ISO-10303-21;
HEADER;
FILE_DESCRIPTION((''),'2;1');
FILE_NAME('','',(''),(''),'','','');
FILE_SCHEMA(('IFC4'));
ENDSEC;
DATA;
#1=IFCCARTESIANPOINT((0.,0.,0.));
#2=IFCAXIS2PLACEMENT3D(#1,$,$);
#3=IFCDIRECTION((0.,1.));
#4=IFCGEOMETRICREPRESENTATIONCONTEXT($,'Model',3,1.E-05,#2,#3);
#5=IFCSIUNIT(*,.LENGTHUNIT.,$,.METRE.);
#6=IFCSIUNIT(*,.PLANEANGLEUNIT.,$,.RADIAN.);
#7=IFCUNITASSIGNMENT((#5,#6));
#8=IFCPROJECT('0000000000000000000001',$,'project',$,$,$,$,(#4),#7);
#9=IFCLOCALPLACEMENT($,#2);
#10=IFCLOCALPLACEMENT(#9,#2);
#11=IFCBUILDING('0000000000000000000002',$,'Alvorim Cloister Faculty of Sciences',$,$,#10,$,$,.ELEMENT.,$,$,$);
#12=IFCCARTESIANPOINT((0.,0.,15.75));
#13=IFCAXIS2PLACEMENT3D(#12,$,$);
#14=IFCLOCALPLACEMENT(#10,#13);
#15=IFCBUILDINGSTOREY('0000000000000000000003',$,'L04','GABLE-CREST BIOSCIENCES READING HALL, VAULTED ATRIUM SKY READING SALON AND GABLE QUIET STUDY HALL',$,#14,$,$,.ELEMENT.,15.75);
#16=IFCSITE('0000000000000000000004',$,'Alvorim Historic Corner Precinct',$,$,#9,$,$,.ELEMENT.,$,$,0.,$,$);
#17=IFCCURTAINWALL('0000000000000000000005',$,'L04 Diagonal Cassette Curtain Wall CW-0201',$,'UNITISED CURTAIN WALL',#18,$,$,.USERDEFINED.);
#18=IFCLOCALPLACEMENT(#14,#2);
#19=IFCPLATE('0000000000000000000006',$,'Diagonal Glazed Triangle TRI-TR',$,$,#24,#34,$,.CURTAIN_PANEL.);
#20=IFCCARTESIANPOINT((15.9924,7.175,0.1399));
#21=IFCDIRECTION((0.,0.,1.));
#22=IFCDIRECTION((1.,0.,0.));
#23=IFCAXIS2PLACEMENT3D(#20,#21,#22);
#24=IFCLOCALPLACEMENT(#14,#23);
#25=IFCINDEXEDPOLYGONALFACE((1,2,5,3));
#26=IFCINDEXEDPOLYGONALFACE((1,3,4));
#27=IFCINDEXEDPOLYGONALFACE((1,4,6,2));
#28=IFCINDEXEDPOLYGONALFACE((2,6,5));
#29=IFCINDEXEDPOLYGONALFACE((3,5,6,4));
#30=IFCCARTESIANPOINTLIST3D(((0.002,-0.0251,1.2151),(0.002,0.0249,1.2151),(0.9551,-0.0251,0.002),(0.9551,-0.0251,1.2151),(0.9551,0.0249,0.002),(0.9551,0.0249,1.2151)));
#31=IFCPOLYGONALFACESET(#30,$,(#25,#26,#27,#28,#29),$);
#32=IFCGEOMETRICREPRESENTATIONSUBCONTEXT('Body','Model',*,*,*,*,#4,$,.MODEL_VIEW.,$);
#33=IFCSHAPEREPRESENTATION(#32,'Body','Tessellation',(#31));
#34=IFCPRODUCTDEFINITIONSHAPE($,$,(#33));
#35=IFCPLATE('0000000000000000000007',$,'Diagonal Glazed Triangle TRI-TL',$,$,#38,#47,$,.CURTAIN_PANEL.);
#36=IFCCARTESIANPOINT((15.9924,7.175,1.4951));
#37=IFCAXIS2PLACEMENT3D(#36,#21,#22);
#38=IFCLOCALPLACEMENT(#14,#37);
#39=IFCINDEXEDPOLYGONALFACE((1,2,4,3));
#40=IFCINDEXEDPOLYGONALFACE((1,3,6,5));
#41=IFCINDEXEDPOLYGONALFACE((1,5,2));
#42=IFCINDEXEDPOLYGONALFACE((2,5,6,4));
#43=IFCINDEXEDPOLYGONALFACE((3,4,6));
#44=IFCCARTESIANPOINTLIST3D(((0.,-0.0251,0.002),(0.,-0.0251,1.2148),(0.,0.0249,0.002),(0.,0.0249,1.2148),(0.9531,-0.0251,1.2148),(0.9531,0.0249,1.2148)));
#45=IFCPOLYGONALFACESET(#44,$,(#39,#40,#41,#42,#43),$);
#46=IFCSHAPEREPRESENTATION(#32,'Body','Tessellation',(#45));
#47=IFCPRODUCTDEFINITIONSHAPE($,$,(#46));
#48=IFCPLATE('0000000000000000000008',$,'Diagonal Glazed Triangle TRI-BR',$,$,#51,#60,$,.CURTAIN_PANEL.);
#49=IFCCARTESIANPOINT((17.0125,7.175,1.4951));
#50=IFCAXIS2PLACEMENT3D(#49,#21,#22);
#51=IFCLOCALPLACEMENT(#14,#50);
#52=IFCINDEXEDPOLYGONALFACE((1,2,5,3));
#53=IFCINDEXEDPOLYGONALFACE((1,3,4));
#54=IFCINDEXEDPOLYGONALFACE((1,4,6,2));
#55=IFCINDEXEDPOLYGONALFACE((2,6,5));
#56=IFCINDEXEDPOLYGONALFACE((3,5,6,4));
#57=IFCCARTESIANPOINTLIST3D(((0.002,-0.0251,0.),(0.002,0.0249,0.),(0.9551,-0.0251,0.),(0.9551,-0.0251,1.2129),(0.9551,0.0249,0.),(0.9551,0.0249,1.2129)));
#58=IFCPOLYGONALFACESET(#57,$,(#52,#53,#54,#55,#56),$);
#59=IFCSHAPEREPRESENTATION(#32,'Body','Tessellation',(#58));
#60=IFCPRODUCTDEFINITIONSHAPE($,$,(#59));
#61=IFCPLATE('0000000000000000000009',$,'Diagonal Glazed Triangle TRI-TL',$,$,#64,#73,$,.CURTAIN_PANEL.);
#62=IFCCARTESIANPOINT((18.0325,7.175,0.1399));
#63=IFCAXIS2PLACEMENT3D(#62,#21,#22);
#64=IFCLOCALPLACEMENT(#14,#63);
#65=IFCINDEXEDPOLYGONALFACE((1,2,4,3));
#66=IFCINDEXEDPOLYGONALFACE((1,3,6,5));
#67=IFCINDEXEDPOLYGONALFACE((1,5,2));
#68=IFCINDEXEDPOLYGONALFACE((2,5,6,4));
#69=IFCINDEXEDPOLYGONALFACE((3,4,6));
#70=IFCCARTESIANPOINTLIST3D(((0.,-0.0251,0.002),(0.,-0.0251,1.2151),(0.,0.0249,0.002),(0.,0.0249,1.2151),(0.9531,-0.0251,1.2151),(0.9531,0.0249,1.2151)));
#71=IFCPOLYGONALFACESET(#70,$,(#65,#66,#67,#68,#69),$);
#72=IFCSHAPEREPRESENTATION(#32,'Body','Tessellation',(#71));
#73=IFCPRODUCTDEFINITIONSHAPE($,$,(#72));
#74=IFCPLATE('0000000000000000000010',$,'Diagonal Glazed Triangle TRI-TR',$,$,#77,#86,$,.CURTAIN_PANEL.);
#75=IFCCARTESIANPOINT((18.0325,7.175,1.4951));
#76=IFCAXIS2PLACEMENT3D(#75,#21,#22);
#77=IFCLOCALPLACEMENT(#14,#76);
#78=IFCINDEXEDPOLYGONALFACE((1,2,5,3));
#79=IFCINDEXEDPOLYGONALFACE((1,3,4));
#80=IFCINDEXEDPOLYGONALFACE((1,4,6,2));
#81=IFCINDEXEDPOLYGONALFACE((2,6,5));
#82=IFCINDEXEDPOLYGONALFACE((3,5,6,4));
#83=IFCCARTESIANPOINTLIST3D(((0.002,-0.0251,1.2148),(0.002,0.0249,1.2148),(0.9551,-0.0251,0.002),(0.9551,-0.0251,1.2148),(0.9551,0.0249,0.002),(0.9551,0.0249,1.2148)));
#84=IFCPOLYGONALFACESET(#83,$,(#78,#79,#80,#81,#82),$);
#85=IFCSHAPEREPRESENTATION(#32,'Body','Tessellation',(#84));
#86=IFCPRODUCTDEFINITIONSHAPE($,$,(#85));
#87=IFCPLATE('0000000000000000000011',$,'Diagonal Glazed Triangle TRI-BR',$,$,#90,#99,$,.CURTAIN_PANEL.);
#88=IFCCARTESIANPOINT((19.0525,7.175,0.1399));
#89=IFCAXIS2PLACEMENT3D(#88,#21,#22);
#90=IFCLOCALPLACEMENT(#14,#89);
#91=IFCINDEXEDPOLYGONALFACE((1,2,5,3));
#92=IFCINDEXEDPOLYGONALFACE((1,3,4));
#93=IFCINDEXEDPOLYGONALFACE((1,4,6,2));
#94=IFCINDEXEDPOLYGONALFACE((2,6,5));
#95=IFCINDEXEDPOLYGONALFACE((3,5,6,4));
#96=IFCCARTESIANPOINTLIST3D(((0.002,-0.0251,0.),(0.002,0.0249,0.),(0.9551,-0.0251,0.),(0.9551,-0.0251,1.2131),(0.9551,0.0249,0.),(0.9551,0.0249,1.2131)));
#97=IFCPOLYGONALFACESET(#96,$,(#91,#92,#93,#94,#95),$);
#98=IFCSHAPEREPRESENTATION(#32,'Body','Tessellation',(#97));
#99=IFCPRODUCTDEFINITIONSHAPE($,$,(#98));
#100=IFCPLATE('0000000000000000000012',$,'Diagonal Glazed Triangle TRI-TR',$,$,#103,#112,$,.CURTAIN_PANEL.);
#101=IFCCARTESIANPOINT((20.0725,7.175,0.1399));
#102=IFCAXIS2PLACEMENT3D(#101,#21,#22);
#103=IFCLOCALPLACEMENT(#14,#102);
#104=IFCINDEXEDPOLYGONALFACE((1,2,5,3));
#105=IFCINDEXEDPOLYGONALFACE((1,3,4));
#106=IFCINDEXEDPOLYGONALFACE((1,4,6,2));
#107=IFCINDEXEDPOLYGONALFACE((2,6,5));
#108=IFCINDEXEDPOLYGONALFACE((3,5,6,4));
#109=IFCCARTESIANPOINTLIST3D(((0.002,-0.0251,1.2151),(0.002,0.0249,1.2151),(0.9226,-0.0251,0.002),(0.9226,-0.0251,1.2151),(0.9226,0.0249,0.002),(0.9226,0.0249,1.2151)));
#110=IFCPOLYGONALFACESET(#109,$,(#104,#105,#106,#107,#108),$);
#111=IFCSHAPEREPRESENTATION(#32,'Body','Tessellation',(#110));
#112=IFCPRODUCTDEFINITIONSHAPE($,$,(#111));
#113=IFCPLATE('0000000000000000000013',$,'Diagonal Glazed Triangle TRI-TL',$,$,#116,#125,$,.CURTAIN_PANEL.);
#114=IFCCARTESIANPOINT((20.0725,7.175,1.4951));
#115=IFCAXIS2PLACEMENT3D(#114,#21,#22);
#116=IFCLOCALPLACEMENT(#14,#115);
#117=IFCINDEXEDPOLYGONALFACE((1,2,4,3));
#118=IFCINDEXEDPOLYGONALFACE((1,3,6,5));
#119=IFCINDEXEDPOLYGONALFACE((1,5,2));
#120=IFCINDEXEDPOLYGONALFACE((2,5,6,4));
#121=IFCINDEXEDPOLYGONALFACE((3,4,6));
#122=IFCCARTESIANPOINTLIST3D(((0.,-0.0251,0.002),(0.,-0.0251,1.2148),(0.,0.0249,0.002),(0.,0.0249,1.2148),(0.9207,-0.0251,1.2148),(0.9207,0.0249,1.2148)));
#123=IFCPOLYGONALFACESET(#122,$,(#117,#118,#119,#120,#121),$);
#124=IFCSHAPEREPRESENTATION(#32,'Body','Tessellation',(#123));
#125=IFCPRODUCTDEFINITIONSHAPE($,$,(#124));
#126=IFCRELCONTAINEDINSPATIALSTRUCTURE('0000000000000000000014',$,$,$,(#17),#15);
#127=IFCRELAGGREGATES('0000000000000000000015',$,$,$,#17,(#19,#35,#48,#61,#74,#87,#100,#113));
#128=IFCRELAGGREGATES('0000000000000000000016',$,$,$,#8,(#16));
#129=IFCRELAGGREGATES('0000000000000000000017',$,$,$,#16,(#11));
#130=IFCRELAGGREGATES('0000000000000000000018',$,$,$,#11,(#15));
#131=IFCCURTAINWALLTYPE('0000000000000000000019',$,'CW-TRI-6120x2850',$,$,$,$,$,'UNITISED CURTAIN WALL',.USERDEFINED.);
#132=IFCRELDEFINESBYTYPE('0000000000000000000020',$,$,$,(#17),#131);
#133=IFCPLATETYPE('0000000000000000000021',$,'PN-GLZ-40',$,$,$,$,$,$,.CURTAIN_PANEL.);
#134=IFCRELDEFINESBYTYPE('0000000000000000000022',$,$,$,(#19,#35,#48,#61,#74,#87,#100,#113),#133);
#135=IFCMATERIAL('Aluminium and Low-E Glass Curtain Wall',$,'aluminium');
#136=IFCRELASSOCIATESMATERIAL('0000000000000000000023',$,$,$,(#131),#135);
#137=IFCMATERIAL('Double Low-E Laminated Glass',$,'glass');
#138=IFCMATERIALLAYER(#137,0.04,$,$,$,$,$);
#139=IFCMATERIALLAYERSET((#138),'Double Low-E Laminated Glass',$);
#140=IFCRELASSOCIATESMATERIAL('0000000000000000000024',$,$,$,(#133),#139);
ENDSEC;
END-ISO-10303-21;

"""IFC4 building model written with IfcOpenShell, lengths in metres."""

from ifc_helpers import new_model, si_unit, direction, frame, origin, place, context, subcontext, project, spatial, polyline, outline, extrude, material, layer, layer_set, type_object, element, aggregate, save


model = new_model("IFC4")

# Units and contexts
model_context = context("Model", 3, precision=1e-05, world=origin(), true_north=direction((0.0, 1.0)))
body_context = subcontext(model_context, "Body", "Model", "MODEL_VIEW")
ifc_project = project(units=[si_unit("LENGTHUNIT", "METRE"), si_unit("PLANEANGLEUNIT", "RADIAN")], contexts=[model_context])

# Site, building, storey
site_placement = place(None, origin())
site = spatial("IfcSite", under=ifc_project, at=site_placement, Name="Alvorim Historic Corner Precinct", CompositionType="ELEMENT", RefElevation=0.0)
building_placement = place(site_placement, origin())
building = spatial("IfcBuilding", under=site, at=building_placement, Name="Alvorim Cloister Faculty of Sciences", CompositionType="ELEMENT")
storey_placement = place(building_placement, frame((0.0, 0.0, 15.75)))
storey = spatial("IfcBuildingStorey", under=building, at=storey_placement, Name="L04", Description="GABLE-CREST BIOSCIENCES READING HALL, VAULTED ATRIUM SKY READING SALON AND GABLE QUIET STUDY HALL", CompositionType="ELEMENT", Elevation=15.75)

# Curtain wall, plates
ifc_material_1 = material(Name="Aluminium and Low-E Glass Curtain Wall", Category="aluminium")
curtain_wall_type = type_object("IfcCurtainWallType", Name="CW-TRI-6120x2850", ElementType="UNITISED CURTAIN WALL", PredefinedType="USERDEFINED", material=ifc_material_1)
curtain_wall_placement = place(storey_placement, origin())
curtain_wall = element("IfcCurtainWall", 1, at=curtain_wall_placement, inside=storey, type_object=curtain_wall_type, Name="L04 Diagonal Cassette Curtain Wall CW-0201", ObjectType="UNITISED CURTAIN WALL", PredefinedType="USERDEFINED")
ifc_material_2 = material(Name="Double Low-E Laminated Glass", Category="glass")
ifc_layer = layer(ifc_material_2, 0.04)
ifc_layer_set = layer_set([ifc_layer], Name="Double Low-E Laminated Glass")
plate_type = type_object("IfcPlateType", Name="PN-GLZ-40", PredefinedType="CURTAIN_PANEL", material=ifc_layer_set)
plate_1_placement = place(storey_placement, frame((15.9924, 7.175, 0.1399), z_axis=(0.0, 0.0, 1.0), x_axis=(1.0, 0.0, 0.0)))
plate_1 = element("IfcPlate", 2, at=plate_1_placement, type_object=plate_type, Name="Diagonal Glazed Triangle TRI-TR", PredefinedType="CURTAIN_PANEL", context=body_context, shape_type="SweptSolid", body=[
    extrude(outline(polyline([(0.9551, 0.002), (0.9551, 1.2151), (0.002, 1.2151), (0.9551, 0.002)])), frame((0.0, 0.0249, 0.0), z_axis=(0.0, -1.0, 0.0), x_axis=(1.0, 0.0, 0.0)), (0.0, 0.0, 1.0), 0.05),
])
plate_2_placement = place(storey_placement, frame((15.9924, 7.175, 1.4951), z_axis=(0.0, 0.0, 1.0), x_axis=(1.0, 0.0, 0.0)))
plate_2 = element("IfcPlate", 3, at=plate_2_placement, type_object=plate_type, Name="Diagonal Glazed Triangle TRI-TL", PredefinedType="CURTAIN_PANEL", context=body_context, shape_type="SweptSolid", body=[
    extrude(outline(polyline([(0.9531, 1.2148), (0.0, 1.2148), (0.0, 0.002), (0.9531, 1.2148)])), frame((0.0, 0.0249, 0.0), z_axis=(0.0, -1.0, 0.0), x_axis=(1.0, 0.0, 0.0)), (0.0, 0.0, 1.0), 0.05),
])
plate_3_placement = place(storey_placement, frame((17.0125, 7.175, 1.4951), z_axis=(0.0, 0.0, 1.0), x_axis=(1.0, 0.0, 0.0)))
plate_3 = element("IfcPlate", 4, at=plate_3_placement, type_object=plate_type, Name="Diagonal Glazed Triangle TRI-BR", PredefinedType="CURTAIN_PANEL", context=body_context, shape_type="SweptSolid", body=[
    extrude(outline(polyline([(0.002, 0.0), (0.9551, 0.0), (0.9551, 1.2129), (0.002, 0.0)])), frame((0.0, 0.0249, 0.0), z_axis=(0.0, -1.0, 0.0), x_axis=(1.0, 0.0, 0.0)), (0.0, 0.0, 1.0), 0.05),
])
plate_4_placement = place(storey_placement, frame((18.0325, 7.175, 0.1399), z_axis=(0.0, 0.0, 1.0), x_axis=(1.0, 0.0, 0.0)))
plate_4 = element("IfcPlate", 5, at=plate_4_placement, type_object=plate_type, Name="Diagonal Glazed Triangle TRI-TL", PredefinedType="CURTAIN_PANEL", context=body_context, shape_type="SweptSolid", body=[
    extrude(outline(polyline([(0.9531, 1.2151), (0.0, 1.2151), (0.0, 0.002), (0.9531, 1.2151)])), frame((0.0, 0.0249, 0.0), z_axis=(0.0, -1.0, 0.0), x_axis=(1.0, 0.0, 0.0)), (0.0, 0.0, 1.0), 0.05),
])
plate_5_placement = place(storey_placement, frame((18.0325, 7.175, 1.4951), z_axis=(0.0, 0.0, 1.0), x_axis=(1.0, 0.0, 0.0)))
plate_5 = element("IfcPlate", 6, at=plate_5_placement, type_object=plate_type, Name="Diagonal Glazed Triangle TRI-TR", PredefinedType="CURTAIN_PANEL", context=body_context, shape_type="SweptSolid", body=[
    extrude(outline(polyline([(0.9551, 0.002), (0.9551, 1.2148), (0.002, 1.2148), (0.9551, 0.002)])), frame((0.0, 0.0249, 0.0), z_axis=(0.0, -1.0, 0.0), x_axis=(1.0, 0.0, 0.0)), (0.0, 0.0, 1.0), 0.05),
])
plate_6_placement = place(storey_placement, frame((19.0525, 7.175, 0.1399), z_axis=(0.0, 0.0, 1.0), x_axis=(1.0, 0.0, 0.0)))
plate_6 = element("IfcPlate", 7, at=plate_6_placement, type_object=plate_type, Name="Diagonal Glazed Triangle TRI-BR", PredefinedType="CURTAIN_PANEL", context=body_context, shape_type="SweptSolid", body=[
    extrude(outline(polyline([(0.002, 0.0), (0.9551, 0.0), (0.9551, 1.2131), (0.002, 0.0)])), frame((0.0, 0.0249, 0.0), z_axis=(0.0, -1.0, 0.0), x_axis=(1.0, 0.0, 0.0)), (0.0, 0.0, 1.0), 0.05),
])
plate_7_placement = place(storey_placement, frame((20.0725, 7.175, 0.1399), z_axis=(0.0, 0.0, 1.0), x_axis=(1.0, 0.0, 0.0)))
plate_7 = element("IfcPlate", 8, at=plate_7_placement, type_object=plate_type, Name="Diagonal Glazed Triangle TRI-TR", PredefinedType="CURTAIN_PANEL", context=body_context, shape_type="SweptSolid", body=[
    extrude(outline(polyline([(0.9226, 0.002), (0.9226, 1.2151), (0.002, 1.2151), (0.9226, 0.002)])), frame((0.0, 0.0249, 0.0), z_axis=(0.0, -1.0, 0.0), x_axis=(1.0, 0.0, 0.0)), (0.0, 0.0, 1.0), 0.05),
])
plate_8_placement = place(storey_placement, frame((20.0725, 7.175, 1.4951), z_axis=(0.0, 0.0, 1.0), x_axis=(1.0, 0.0, 0.0)))
plate_8 = element("IfcPlate", 9, at=plate_8_placement, type_object=plate_type, Name="Diagonal Glazed Triangle TRI-TL", PredefinedType="CURTAIN_PANEL", context=body_context, shape_type="SweptSolid", body=[
    extrude(outline(polyline([(0.9207, 1.2148), (0.0, 1.2148), (0.0, 0.002), (0.9207, 1.2148)])), frame((0.0, 0.0249, 0.0), z_axis=(0.0, -1.0, 0.0), x_axis=(1.0, 0.0, 0.0)), (0.0, 0.0, 1.0), 0.05),
])
aggregate(curtain_wall, [plate_1, plate_2, plate_3, plate_4, plate_5, plate_6, plate_7, plate_8])

save(model, "model.ifc")
